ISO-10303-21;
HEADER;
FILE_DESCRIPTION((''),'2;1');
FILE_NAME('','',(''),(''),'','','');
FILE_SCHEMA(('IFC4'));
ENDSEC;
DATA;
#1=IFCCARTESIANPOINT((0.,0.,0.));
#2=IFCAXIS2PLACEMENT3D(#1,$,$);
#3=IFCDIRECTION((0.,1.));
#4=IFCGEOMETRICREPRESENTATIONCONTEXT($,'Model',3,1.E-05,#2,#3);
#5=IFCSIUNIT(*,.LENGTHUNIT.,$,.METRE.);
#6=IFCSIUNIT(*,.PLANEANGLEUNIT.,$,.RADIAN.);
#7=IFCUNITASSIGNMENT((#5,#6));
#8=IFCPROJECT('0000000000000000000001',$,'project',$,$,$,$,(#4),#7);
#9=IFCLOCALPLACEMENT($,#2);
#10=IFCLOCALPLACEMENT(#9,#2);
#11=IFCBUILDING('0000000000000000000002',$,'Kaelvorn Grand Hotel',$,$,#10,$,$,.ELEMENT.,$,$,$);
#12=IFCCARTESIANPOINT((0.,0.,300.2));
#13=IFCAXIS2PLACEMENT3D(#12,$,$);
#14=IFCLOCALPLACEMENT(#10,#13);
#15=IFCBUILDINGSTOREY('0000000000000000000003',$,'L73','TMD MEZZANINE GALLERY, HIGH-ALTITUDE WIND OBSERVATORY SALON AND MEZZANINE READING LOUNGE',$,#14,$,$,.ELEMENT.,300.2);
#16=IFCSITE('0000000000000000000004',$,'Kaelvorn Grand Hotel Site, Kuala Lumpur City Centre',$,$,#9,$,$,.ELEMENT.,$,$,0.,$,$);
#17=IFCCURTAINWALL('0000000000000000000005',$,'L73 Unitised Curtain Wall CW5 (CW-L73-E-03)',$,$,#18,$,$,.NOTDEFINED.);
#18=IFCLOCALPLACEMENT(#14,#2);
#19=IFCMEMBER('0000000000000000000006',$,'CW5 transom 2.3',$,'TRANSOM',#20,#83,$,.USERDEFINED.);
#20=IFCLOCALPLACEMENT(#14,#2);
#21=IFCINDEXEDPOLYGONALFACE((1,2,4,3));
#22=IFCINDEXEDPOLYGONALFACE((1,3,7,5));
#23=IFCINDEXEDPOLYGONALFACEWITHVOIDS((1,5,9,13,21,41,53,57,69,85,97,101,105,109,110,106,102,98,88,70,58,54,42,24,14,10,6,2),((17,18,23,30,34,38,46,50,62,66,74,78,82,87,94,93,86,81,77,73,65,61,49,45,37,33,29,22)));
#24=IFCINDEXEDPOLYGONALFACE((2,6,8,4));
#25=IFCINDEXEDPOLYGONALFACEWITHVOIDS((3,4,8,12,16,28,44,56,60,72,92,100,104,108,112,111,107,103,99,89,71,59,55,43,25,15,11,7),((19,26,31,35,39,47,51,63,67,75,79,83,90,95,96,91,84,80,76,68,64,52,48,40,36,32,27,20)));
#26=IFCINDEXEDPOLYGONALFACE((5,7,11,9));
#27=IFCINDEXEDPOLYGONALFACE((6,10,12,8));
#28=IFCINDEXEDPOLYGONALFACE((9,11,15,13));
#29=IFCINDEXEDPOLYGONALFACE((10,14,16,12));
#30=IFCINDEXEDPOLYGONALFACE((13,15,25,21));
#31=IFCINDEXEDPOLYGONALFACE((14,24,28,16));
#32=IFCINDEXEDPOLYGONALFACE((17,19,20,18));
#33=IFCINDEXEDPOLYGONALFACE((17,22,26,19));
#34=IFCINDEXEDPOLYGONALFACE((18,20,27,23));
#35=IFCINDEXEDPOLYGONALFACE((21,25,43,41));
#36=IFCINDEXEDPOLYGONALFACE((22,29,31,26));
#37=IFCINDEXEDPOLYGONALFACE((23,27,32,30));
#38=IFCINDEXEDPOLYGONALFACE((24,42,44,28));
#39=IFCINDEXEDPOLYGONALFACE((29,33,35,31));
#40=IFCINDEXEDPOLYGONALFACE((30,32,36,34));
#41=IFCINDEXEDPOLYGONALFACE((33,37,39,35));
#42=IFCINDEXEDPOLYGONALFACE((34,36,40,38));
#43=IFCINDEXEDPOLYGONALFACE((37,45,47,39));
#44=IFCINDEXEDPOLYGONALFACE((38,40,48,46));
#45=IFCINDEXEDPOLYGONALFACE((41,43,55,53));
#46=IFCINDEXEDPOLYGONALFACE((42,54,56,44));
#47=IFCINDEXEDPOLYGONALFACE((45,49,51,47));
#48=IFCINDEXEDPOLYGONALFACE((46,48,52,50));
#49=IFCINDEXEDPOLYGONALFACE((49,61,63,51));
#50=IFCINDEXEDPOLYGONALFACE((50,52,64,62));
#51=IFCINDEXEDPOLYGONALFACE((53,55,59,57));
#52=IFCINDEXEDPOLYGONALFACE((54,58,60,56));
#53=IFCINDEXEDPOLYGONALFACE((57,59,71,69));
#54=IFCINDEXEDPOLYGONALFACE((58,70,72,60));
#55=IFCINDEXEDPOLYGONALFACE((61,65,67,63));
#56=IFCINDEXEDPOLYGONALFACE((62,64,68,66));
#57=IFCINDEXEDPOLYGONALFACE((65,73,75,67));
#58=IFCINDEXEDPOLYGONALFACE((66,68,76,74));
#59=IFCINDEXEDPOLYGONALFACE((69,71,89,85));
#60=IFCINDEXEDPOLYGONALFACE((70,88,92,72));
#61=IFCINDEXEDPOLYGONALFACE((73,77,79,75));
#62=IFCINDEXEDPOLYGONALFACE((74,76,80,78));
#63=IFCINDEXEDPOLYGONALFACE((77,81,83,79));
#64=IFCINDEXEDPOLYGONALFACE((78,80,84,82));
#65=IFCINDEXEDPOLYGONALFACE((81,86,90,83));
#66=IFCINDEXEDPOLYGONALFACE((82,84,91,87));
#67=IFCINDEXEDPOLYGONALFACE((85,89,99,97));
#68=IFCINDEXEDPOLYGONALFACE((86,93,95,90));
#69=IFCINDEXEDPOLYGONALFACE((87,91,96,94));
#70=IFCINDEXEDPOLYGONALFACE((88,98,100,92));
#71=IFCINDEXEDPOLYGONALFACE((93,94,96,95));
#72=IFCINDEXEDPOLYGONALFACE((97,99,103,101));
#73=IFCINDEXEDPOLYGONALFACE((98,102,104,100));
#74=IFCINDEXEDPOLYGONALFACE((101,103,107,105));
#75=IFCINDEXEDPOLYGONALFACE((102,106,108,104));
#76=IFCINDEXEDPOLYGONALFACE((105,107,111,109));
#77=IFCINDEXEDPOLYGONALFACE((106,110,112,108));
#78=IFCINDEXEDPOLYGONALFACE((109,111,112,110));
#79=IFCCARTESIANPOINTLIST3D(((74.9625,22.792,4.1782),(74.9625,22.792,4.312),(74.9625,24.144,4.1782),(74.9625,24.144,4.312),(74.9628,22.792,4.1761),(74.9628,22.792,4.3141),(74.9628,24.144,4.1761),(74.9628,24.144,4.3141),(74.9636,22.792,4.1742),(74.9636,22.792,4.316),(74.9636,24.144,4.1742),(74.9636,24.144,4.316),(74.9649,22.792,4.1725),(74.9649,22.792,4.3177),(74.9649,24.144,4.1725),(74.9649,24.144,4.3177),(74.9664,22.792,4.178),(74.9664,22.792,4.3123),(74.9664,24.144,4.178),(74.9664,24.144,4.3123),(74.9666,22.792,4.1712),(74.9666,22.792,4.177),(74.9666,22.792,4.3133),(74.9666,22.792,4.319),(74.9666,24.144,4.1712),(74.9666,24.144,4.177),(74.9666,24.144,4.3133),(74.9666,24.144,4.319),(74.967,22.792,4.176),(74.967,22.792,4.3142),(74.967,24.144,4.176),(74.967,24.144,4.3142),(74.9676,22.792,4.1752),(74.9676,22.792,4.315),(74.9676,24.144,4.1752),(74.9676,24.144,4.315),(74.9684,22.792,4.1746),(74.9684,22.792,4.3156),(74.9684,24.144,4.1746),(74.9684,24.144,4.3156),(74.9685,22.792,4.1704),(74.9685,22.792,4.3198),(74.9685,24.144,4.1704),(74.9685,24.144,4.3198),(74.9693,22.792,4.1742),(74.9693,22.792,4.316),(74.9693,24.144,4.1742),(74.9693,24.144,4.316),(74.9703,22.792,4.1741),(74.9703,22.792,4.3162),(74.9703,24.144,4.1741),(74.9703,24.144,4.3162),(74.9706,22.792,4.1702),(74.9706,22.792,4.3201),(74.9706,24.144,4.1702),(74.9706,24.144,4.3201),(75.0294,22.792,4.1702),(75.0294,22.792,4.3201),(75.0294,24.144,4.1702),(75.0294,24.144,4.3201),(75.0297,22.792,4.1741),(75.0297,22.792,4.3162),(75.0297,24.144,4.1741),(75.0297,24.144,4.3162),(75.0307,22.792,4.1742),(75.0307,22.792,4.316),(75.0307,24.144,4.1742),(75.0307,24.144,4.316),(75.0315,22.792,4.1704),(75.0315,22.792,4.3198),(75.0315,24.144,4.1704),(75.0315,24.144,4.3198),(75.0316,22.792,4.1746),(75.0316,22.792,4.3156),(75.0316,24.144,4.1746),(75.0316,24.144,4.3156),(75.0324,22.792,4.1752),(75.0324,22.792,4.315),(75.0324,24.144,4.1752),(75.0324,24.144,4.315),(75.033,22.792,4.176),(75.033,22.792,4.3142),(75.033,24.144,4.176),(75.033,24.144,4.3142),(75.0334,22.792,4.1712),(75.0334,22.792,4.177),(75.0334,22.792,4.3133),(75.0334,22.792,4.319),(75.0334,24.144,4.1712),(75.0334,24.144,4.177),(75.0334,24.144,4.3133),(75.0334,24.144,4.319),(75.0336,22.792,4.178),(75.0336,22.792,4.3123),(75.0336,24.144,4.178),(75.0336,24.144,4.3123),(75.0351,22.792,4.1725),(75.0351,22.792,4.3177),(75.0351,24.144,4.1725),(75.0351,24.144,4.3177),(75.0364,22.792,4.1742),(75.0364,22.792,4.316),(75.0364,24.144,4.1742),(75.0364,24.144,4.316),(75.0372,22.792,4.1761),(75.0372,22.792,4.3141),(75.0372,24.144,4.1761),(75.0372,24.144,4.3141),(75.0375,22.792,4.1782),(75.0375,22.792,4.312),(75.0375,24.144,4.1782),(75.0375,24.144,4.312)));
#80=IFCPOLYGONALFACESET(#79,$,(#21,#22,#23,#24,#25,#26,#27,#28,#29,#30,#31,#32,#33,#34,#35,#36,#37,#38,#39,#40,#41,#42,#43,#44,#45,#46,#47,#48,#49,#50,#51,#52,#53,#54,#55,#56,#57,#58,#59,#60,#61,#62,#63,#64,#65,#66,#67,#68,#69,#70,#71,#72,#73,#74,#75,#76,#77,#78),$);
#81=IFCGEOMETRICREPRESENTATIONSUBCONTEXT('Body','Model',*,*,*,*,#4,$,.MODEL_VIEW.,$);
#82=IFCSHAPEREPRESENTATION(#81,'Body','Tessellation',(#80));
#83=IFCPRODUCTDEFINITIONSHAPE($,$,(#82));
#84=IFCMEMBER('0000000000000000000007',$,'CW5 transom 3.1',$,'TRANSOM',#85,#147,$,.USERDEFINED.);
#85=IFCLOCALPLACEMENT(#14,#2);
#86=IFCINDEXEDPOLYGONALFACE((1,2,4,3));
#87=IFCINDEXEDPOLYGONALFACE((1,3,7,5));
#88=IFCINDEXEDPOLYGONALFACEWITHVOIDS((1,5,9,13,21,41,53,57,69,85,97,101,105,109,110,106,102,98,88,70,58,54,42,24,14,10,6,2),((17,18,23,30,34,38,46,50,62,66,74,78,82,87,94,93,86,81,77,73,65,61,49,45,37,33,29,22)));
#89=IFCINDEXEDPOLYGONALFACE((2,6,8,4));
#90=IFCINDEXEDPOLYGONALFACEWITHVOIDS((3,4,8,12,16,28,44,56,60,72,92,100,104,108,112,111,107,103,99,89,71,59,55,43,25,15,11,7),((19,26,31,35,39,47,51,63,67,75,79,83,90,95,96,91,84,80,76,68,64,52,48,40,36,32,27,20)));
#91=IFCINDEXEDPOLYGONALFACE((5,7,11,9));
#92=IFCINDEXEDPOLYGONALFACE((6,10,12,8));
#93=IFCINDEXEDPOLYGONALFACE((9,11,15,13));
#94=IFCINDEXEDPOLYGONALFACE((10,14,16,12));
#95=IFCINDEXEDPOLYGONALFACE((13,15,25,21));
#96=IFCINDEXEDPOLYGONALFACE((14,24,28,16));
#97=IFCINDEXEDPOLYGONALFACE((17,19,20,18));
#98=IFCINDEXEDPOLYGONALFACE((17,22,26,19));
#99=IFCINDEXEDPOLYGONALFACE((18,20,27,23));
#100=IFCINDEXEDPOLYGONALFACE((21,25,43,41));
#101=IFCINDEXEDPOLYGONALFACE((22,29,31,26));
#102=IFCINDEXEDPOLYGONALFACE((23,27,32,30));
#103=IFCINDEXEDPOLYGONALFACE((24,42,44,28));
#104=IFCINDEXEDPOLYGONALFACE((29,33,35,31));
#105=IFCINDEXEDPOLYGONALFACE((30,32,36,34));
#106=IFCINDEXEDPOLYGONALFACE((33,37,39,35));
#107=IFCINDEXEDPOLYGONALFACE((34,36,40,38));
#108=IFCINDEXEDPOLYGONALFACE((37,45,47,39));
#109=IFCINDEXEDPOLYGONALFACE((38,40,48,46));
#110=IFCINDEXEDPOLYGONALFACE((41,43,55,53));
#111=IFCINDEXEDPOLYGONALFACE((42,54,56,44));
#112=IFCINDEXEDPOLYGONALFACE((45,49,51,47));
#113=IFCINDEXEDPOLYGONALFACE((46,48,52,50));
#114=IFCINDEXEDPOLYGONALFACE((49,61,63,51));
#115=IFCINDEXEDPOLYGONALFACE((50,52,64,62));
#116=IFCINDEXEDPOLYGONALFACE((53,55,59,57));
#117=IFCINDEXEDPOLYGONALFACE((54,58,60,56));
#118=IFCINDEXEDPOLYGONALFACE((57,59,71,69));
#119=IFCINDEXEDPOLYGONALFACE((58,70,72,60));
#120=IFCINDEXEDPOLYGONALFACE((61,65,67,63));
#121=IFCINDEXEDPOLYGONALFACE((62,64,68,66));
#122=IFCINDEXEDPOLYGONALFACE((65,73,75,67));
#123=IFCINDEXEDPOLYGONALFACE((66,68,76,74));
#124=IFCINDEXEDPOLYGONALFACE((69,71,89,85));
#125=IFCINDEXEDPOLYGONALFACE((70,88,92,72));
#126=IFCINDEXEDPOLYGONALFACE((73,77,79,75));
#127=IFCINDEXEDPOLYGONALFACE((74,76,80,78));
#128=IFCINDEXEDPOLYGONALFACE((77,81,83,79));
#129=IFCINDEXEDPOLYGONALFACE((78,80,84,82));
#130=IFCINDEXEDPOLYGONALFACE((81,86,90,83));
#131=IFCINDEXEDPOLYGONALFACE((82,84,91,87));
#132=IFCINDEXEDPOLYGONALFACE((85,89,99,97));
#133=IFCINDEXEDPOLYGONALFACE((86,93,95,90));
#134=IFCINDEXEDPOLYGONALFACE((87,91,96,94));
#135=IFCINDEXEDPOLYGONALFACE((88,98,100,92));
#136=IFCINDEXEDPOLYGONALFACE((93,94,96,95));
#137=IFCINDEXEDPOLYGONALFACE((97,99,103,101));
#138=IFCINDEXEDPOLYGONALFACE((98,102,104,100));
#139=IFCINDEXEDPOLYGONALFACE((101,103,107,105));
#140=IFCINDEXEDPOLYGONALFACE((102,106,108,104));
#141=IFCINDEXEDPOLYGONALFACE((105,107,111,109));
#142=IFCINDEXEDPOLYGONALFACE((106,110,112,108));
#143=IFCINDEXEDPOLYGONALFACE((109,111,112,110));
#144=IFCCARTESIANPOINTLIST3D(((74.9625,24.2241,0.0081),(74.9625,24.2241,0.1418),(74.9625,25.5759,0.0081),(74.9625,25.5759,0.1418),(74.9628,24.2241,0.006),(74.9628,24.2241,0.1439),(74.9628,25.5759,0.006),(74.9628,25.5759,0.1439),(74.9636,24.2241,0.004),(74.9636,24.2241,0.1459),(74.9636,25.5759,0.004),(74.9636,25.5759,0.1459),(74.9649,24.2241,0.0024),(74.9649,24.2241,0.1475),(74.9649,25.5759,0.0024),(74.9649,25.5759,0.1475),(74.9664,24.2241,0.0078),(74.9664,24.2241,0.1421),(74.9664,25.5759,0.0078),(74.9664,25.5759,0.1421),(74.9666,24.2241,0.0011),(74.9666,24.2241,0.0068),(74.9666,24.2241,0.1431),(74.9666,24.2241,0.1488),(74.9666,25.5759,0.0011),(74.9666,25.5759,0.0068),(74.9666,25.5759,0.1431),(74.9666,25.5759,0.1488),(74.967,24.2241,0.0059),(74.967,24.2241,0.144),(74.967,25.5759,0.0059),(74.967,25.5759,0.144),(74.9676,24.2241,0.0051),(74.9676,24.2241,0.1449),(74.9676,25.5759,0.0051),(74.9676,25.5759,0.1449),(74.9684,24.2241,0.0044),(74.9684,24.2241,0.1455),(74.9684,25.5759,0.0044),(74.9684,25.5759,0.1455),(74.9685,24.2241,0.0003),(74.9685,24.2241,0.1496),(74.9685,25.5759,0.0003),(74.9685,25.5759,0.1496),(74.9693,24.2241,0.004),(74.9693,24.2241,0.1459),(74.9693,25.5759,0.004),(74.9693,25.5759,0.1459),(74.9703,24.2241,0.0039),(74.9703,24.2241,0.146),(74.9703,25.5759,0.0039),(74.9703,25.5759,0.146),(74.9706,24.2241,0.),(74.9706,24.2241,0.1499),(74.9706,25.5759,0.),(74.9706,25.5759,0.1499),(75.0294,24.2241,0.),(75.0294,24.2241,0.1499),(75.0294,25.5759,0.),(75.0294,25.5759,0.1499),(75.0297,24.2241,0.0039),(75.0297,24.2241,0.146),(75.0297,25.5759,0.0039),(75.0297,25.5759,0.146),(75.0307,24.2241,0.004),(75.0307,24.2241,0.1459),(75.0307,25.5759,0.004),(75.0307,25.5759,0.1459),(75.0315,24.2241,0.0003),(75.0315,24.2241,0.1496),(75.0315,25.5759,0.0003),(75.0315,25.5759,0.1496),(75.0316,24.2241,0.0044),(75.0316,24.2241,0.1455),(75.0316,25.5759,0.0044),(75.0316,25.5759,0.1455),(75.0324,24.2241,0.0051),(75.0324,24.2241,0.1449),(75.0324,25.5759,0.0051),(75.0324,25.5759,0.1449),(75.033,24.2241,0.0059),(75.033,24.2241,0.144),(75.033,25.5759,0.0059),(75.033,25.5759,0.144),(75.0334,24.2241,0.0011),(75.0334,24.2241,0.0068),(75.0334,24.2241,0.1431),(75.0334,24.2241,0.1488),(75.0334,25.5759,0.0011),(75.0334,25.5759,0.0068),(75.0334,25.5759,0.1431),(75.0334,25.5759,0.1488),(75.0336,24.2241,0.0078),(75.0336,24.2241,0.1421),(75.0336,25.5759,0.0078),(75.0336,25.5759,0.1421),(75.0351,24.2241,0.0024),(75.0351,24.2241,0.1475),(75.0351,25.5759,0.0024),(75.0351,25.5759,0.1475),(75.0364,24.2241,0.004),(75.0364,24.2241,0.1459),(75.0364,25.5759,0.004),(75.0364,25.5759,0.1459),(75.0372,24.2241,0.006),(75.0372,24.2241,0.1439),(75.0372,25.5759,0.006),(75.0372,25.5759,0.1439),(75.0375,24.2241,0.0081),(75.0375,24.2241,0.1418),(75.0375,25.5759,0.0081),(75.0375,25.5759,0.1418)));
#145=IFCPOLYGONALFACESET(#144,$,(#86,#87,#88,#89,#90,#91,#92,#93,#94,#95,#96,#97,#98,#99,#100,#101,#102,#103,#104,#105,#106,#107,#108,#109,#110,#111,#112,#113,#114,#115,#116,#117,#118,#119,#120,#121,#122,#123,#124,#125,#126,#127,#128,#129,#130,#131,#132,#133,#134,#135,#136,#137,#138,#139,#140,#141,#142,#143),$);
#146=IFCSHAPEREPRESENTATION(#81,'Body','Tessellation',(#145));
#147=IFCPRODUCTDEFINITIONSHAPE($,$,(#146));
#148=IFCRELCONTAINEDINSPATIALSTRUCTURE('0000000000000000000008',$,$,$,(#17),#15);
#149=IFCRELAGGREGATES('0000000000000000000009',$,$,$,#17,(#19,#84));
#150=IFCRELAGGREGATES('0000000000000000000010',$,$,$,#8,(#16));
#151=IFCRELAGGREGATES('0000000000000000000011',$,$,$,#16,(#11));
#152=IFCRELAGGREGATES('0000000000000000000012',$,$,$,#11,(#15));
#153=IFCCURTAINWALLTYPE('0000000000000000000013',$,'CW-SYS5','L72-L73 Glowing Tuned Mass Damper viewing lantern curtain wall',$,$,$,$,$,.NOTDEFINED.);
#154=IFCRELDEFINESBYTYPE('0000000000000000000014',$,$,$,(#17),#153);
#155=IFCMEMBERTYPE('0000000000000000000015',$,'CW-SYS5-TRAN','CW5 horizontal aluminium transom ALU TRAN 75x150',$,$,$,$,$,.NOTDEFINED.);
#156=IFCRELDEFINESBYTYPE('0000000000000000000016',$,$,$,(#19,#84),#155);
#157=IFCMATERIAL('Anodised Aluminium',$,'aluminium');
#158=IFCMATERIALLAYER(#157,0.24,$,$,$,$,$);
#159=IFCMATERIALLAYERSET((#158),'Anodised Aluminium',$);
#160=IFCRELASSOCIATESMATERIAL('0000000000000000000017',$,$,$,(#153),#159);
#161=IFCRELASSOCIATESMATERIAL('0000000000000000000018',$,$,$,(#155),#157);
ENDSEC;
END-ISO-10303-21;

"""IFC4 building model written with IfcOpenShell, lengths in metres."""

from ifc_helpers import new_model, si_unit, direction, frame, origin, origin_2d, place, context, subcontext, project, spatial, hollow_rectangle, extrude, material, layer, layer_set, material_profile, profile_set, type_object, element, aggregate, save


model = new_model("IFC4")

# Units and contexts
model_context = context("Model", 3, precision=1e-05, world=origin(), true_north=direction((0.0, 1.0)))
body_context = subcontext(model_context, "Body", "Model", "MODEL_VIEW")
ifc_project = project(units=[si_unit("LENGTHUNIT", "METRE"), si_unit("PLANEANGLEUNIT", "RADIAN")], contexts=[model_context])

# Site, building, storey
site_placement = place(None, origin())
site = spatial("IfcSite", under=ifc_project, at=site_placement, Name="Kaelvorn Grand Hotel Site, Kuala Lumpur City Centre", CompositionType="ELEMENT", RefElevation=0.0)
building_placement = place(site_placement, origin())
building = spatial("IfcBuilding", under=site, at=building_placement, Name="Kaelvorn Grand Hotel", CompositionType="ELEMENT")
storey_placement = place(building_placement, frame((0.0, 0.0, 300.2)))
storey = spatial("IfcBuildingStorey", under=building, at=storey_placement, Name="L73", Description="TMD MEZZANINE GALLERY, HIGH-ALTITUDE WIND OBSERVATORY SALON AND MEZZANINE READING LOUNGE", CompositionType="ELEMENT", Elevation=300.2)

# Curtain wall, members
ifc_material_1 = material(Name="Anodised Aluminium", Category="aluminium")
ifc_layer_1 = layer(ifc_material_1, 0.24)
ifc_layer_set_1 = layer_set([ifc_layer_1], Name="Anodised Aluminium")
curtain_wall_type = type_object("IfcCurtainWallType", Name="CW-SYS5", Description="L72-L73 Glowing Tuned Mass Damper viewing lantern curtain wall", PredefinedType="NOTDEFINED", material=ifc_layer_set_1)
curtain_wall_placement = place(storey_placement, origin())
curtain_wall = element("IfcCurtainWall", 1, at=curtain_wall_placement, inside=storey, type_object=curtain_wall_type, Name="L73 Unitised Curtain Wall CW5 (CW-L73-E-03)", PredefinedType="NOTDEFINED")
ifc_material_profile_1 = material_profile(ifc_material_1, hollow_rectangle(XDim=0.075, YDim=0.1499, WallThickness=0.0039, InnerFilletRadius=0.0039, OuterFilletRadius=0.0081, at=origin_2d()), Name="ALU TRAN 75x150")
ifc_profile_set_1 = profile_set([ifc_material_profile_1], Name="Anodised Aluminium")
member_type_1 = type_object("IfcMemberType", Name="CW-SYS5-TRAN", Description="CW5 horizontal aluminium transom ALU TRAN 75x150", PredefinedType="NOTDEFINED", material=ifc_profile_set_1)
member_1_placement = place(storey_placement, frame((75.0, 22.792, 4.2451), z_axis=(0.0, 1.0, 0.0), x_axis=(-1.0, 0.0, 0.0)))
member_1 = element("IfcMember", 2, at=member_1_placement, type_object=member_type_1, Name="CW5 transom 2.3", ObjectType="TRANSOM", PredefinedType="USERDEFINED", context=body_context, shape_type="SweptSolid", body=[
    extrude(hollow_rectangle(XDim=0.075, YDim=0.1499, WallThickness=0.0039, InnerFilletRadius=0.0039, OuterFilletRadius=0.0081, at=origin_2d()), origin(), (0.0, 0.0, 1.0), 1.3521),
])
member_2_placement = place(storey_placement, frame((75.0, 24.2241, 0.075), z_axis=(0.0, 1.0, 0.0), x_axis=(-1.0, 0.0, 0.0)))
member_2 = element("IfcMember", 3, at=member_2_placement, type_object=member_type_1, Name="CW5 transom 3.1", ObjectType="TRANSOM", PredefinedType="USERDEFINED", context=body_context, shape_type="SweptSolid", body=[
    extrude(hollow_rectangle(XDim=0.075, YDim=0.1499, WallThickness=0.0039, InnerFilletRadius=0.0039, OuterFilletRadius=0.0081, at=origin_2d()), origin(), (0.0, 0.0, 1.0), 1.3518),
])
aggregate(curtain_wall, [member_1, member_2])

save(model, "model.ifc")
